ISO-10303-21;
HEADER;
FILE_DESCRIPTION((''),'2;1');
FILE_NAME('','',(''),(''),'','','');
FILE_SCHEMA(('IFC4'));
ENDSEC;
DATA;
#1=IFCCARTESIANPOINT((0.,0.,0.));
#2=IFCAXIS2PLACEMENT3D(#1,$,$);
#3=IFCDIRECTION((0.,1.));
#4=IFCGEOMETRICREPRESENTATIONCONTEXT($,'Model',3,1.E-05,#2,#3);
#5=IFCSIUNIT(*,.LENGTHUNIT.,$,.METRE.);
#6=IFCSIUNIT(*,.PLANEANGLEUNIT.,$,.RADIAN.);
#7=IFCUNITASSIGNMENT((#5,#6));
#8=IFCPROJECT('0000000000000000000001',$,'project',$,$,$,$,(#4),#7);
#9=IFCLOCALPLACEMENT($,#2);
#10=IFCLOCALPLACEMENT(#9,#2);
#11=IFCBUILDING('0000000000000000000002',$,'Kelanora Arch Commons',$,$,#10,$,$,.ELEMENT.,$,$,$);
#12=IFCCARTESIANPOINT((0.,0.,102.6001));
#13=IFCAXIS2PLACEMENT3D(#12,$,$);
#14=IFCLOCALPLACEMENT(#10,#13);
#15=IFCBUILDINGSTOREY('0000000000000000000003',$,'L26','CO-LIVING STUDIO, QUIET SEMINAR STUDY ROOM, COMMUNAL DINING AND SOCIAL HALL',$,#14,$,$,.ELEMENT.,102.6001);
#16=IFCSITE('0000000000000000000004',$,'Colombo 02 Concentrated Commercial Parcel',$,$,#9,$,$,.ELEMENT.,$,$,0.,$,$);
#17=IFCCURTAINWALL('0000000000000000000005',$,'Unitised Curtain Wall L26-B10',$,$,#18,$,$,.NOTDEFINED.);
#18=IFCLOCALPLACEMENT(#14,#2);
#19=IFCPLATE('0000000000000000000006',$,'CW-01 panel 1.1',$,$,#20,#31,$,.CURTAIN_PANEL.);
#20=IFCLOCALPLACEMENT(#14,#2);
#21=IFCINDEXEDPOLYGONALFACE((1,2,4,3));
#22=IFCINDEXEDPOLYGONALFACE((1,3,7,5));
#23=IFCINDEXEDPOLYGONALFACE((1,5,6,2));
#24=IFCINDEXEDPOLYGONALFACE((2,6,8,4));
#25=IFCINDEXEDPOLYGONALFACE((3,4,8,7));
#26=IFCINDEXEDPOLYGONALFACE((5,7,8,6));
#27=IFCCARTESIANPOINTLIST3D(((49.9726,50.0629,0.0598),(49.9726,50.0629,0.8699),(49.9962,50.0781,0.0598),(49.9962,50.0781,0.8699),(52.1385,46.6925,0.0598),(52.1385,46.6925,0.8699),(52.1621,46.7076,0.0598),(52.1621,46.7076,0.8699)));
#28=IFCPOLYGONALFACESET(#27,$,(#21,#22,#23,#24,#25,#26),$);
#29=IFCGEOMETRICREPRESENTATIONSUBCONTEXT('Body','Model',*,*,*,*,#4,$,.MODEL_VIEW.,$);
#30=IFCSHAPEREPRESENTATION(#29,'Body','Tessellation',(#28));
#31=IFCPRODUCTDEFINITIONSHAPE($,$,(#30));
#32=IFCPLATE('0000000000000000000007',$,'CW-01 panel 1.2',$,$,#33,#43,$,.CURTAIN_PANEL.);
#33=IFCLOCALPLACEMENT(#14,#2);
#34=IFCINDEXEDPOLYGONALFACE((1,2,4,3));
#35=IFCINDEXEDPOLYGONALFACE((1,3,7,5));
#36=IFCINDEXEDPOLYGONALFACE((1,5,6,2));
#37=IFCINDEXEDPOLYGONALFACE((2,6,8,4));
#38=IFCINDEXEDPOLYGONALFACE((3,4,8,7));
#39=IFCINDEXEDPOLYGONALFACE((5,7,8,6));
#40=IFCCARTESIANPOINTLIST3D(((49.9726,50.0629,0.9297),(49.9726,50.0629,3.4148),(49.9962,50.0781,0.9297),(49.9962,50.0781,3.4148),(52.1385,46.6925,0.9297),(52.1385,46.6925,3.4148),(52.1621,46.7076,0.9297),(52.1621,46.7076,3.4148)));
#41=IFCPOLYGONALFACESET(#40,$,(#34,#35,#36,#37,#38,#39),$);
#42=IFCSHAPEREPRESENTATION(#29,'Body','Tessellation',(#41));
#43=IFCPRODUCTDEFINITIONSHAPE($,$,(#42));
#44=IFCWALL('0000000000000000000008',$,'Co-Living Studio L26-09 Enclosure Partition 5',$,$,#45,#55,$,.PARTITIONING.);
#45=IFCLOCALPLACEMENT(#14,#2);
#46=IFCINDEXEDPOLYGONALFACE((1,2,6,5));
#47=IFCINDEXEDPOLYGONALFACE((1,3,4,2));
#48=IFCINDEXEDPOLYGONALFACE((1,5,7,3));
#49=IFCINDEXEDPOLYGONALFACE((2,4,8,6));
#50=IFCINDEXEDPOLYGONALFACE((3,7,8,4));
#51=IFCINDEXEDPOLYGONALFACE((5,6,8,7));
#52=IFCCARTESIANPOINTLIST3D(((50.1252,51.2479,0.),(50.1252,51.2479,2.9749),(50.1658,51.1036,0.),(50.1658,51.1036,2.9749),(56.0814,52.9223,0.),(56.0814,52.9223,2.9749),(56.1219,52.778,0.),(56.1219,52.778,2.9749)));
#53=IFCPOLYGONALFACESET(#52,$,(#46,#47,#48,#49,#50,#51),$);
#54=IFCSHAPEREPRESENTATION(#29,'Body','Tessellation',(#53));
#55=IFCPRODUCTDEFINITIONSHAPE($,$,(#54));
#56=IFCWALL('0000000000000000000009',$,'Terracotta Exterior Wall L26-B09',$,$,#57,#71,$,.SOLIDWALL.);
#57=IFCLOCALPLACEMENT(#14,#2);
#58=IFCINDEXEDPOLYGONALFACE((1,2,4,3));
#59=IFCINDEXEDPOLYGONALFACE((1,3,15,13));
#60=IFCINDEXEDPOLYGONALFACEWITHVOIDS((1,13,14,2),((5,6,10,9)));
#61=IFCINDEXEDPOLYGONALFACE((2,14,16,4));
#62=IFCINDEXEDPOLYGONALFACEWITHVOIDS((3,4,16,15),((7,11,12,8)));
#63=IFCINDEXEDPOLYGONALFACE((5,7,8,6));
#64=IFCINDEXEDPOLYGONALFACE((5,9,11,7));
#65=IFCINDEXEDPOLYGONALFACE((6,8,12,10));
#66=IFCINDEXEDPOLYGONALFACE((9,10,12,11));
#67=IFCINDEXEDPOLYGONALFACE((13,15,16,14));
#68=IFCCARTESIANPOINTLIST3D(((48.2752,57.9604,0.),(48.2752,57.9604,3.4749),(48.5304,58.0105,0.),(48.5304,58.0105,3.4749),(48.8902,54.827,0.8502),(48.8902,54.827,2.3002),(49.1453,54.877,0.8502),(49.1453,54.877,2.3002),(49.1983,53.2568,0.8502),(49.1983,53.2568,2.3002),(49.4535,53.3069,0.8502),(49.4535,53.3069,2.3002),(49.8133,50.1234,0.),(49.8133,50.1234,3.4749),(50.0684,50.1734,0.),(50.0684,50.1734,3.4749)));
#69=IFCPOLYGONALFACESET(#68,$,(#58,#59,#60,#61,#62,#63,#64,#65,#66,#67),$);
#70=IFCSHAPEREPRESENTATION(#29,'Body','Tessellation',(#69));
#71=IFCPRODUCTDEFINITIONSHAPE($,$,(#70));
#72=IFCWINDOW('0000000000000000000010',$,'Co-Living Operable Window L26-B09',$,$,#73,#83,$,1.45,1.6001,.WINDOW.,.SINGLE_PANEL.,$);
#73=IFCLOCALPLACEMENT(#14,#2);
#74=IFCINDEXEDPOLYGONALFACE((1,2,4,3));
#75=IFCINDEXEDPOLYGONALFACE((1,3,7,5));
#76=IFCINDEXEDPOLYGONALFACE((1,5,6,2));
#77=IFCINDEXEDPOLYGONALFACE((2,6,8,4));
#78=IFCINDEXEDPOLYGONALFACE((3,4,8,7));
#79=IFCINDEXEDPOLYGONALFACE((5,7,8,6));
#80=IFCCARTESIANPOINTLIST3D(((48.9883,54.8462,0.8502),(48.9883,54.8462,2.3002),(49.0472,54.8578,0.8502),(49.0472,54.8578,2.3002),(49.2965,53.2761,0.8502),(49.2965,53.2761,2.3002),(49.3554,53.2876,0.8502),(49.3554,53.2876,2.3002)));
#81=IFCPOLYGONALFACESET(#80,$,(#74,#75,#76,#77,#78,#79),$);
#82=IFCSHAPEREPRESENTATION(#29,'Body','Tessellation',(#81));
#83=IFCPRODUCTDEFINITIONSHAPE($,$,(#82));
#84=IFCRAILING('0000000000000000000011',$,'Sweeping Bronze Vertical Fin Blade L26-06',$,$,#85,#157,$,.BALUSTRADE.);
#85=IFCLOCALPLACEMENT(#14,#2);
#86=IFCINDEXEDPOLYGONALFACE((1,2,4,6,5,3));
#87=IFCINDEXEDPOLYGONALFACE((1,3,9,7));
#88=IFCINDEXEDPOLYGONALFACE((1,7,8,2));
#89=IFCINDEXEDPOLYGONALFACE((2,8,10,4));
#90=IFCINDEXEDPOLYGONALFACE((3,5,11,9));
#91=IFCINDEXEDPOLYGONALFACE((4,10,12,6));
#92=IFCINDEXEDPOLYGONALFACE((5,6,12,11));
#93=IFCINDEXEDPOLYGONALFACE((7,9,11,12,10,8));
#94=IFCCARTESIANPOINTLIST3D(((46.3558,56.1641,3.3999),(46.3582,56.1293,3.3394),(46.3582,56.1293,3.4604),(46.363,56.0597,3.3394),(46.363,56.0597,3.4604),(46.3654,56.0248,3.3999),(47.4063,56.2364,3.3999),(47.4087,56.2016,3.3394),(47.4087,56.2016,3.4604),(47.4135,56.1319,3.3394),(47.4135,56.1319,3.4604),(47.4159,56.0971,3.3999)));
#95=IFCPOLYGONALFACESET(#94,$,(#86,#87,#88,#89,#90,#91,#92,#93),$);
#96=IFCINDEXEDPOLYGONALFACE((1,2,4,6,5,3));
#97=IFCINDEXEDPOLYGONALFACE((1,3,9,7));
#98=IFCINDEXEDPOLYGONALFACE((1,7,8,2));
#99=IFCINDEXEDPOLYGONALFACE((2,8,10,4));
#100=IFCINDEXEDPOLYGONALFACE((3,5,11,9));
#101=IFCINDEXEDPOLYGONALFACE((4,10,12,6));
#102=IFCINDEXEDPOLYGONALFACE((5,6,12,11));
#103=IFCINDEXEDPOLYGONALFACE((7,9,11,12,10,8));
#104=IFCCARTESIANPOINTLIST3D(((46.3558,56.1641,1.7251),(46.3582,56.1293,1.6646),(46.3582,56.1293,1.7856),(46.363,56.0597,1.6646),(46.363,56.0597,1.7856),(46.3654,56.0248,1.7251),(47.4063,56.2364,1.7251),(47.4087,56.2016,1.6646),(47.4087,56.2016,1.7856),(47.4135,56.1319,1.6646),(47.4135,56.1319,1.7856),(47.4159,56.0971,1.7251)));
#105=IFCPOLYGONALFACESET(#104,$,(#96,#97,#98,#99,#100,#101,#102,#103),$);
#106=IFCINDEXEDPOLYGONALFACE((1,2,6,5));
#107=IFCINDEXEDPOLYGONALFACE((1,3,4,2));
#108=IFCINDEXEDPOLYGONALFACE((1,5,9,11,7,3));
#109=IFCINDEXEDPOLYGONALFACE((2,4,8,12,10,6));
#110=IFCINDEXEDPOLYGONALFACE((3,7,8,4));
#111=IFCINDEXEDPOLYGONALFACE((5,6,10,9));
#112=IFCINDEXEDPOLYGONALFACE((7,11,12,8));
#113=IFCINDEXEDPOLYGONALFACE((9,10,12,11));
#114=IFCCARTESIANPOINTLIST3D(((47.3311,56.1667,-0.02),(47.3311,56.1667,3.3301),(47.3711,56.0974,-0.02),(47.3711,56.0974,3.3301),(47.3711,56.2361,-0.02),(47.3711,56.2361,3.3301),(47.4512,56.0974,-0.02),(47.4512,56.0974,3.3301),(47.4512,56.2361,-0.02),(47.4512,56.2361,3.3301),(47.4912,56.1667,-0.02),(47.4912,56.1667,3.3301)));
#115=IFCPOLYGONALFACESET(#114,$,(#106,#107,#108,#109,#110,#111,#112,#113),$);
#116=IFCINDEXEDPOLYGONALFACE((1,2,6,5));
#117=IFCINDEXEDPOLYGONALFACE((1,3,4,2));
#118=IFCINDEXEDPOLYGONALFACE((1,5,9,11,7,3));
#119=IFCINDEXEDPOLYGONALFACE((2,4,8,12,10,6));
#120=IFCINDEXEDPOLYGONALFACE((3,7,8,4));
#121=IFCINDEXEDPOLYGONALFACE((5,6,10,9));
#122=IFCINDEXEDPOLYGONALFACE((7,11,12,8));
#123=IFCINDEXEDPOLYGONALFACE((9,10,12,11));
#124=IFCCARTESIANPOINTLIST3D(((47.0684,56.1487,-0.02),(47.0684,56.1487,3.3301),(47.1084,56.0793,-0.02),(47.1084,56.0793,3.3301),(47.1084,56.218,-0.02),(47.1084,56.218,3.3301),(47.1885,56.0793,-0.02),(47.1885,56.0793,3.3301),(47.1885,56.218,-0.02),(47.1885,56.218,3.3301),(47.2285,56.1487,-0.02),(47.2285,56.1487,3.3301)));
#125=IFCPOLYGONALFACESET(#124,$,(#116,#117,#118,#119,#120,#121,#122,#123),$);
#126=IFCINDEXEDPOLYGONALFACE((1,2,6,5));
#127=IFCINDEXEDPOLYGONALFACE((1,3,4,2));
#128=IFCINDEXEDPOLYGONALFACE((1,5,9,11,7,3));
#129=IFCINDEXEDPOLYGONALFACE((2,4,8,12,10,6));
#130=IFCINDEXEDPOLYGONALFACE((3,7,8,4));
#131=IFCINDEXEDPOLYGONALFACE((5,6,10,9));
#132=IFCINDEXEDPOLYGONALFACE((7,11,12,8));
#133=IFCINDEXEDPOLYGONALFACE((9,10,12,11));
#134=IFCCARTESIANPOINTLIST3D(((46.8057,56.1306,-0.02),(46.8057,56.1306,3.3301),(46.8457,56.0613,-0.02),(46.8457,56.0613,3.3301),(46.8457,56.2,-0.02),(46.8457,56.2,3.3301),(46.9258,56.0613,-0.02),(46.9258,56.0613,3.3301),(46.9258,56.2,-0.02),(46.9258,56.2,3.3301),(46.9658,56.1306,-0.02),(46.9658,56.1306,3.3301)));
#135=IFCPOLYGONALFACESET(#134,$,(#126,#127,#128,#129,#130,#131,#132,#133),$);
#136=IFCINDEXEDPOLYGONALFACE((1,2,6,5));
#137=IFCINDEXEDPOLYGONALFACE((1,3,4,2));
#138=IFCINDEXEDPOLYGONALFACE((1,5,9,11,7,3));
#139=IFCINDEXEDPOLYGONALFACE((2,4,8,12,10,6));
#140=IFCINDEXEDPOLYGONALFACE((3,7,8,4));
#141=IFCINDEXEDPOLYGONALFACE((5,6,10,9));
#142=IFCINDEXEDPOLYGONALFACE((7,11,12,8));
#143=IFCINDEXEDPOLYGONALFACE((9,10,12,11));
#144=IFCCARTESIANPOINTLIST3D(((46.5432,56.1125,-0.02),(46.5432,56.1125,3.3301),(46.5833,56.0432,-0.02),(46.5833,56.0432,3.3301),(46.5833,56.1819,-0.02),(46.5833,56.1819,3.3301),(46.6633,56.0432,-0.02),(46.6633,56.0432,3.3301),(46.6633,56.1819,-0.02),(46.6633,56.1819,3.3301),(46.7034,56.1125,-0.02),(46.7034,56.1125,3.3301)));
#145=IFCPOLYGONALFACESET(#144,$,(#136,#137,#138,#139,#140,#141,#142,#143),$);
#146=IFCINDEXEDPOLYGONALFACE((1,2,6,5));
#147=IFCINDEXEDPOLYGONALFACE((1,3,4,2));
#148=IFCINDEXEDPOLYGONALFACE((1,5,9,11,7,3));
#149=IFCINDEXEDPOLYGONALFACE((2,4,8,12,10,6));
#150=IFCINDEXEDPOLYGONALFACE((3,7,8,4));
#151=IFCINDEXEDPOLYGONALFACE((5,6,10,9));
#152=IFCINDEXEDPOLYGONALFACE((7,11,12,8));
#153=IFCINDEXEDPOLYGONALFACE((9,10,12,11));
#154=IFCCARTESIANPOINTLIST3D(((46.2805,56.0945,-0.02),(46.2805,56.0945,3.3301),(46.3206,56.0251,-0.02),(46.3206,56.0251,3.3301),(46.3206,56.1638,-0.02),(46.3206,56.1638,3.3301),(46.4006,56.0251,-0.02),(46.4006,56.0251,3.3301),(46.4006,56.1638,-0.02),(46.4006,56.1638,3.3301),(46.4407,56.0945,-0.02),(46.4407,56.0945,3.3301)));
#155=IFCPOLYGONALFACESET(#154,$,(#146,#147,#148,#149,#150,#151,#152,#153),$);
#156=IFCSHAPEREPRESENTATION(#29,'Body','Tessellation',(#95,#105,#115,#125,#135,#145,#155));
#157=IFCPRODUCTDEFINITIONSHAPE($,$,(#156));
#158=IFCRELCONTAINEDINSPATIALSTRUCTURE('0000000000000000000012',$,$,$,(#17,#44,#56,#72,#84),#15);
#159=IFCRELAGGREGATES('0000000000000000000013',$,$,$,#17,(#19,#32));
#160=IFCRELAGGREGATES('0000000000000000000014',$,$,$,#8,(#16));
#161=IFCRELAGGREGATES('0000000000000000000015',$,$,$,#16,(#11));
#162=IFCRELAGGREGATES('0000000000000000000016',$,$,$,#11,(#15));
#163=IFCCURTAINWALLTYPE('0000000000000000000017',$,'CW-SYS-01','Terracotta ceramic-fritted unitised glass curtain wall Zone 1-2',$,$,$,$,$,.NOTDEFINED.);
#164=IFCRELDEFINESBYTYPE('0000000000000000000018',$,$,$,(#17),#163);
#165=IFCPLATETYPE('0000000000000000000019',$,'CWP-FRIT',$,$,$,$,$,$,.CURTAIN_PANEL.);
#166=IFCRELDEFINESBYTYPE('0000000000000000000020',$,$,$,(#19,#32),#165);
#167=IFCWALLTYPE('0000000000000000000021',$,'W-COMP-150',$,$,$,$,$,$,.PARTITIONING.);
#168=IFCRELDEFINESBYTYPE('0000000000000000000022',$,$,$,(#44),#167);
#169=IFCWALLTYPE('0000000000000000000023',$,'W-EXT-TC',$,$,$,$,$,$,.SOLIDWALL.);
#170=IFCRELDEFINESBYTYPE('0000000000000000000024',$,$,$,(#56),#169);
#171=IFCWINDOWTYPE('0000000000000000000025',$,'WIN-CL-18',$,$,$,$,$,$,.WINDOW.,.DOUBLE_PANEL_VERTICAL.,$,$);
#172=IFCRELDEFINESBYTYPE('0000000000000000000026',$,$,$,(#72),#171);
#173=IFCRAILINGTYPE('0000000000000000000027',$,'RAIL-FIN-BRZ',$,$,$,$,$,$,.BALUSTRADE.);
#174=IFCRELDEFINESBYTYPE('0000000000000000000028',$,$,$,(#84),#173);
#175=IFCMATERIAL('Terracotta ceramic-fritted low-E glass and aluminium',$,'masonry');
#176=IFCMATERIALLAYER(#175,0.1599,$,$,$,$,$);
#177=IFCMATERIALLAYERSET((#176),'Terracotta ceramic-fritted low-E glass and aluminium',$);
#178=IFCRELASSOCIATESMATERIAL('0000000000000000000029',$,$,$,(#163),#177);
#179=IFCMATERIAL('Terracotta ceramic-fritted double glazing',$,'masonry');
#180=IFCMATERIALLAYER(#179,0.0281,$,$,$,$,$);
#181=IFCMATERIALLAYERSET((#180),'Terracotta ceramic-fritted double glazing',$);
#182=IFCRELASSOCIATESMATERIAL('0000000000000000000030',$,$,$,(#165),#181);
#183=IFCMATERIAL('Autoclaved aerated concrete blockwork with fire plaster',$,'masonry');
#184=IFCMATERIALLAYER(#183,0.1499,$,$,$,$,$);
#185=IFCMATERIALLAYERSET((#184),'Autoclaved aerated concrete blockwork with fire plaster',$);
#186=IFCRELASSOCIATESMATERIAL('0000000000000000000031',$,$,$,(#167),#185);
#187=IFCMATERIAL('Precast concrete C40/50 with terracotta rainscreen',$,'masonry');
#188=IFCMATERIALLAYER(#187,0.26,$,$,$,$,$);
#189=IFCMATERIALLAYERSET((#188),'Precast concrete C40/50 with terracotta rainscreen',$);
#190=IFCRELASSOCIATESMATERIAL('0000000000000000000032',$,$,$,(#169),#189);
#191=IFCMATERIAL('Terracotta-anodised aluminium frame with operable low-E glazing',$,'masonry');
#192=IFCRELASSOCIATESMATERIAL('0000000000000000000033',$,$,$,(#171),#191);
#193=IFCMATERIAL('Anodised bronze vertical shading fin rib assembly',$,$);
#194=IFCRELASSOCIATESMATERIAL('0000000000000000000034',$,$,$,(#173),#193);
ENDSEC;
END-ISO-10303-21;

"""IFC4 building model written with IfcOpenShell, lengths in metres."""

from ifc_helpers import new_model, si_unit, direction, frame, frame_2d, origin, origin_2d, place, context, subcontext, project, spatial, polyline, rectangle, outline, extrude, source, transform, mapped, material, layer, layer_set, type_object, element, fill, aggregate, save


model = new_model("IFC4")

# Units and contexts
model_context = context("Model", 3, precision=1e-05, world=origin(), true_north=direction((0.0, 1.0)))
body_context = subcontext(model_context, "Body", "Model", "MODEL_VIEW")
ifc_project = project(units=[si_unit("LENGTHUNIT", "METRE"), si_unit("PLANEANGLEUNIT", "RADIAN")], contexts=[model_context])

# Site, building, storey
site_placement = place(None, origin())
site = spatial("IfcSite", under=ifc_project, at=site_placement, Name="Colombo 02 Concentrated Commercial Parcel", CompositionType="ELEMENT", RefElevation=0.0)
building_placement = place(site_placement, origin())
building = spatial("IfcBuilding", under=site, at=building_placement, Name="Kelanora Arch Commons", CompositionType="ELEMENT")
storey_placement = place(building_placement, frame((0.0, 0.0, 102.6001)))
storey = spatial("IfcBuildingStorey", under=building, at=storey_placement, Name="L26", Description="CO-LIVING STUDIO, QUIET SEMINAR STUDY ROOM, COMMUNAL DINING AND SOCIAL HALL", CompositionType="ELEMENT", Elevation=102.6001)

# Shared definitions
ifc_material_1 = material(Name="Terracotta ceramic-fritted low-E glass and aluminium", Category="masonry")
ifc_layer_1 = layer(ifc_material_1, 0.1599)
ifc_layer_set_1 = layer_set([ifc_layer_1], Name="Terracotta ceramic-fritted low-E glass and aluminium")
curtain_wall_type = type_object("IfcCurtainWallType", Name="CW-SYS-01", Description="Terracotta ceramic-fritted unitised glass curtain wall Zone 1-2", PredefinedType="NOTDEFINED", material=ifc_layer_set_1)

# Curtain wall
curtain_wall_1_placement = place(storey_placement, origin())
curtain_wall_1 = element("IfcCurtainWall", 1, at=curtain_wall_1_placement, inside=storey, type_object=curtain_wall_type, Name="Unitised Curtain Wall L26-B10", PredefinedType="NOTDEFINED")

# Plates
ifc_material_2 = material(Name="Terracotta ceramic-fritted double glazing", Category="masonry")
ifc_layer_2 = layer(ifc_material_2, 0.0281)
ifc_layer_set_2 = layer_set([ifc_layer_2], Name="Terracotta ceramic-fritted double glazing")
plate_type = type_object("IfcPlateType", Name="CWP-FRIT", PredefinedType="CURTAIN_PANEL", material=ifc_layer_set_2)
shared_shape_1 = source(origin(), body_context, "Body", "SweptSolid", [
    extrude(rectangle(XDim=4.0063, YDim=0.0281, at=origin_2d()), origin(), (0.0, 0.0, 1.0), 0.8101),
])
plate_1_placement = place(storey_placement, frame((51.0674, 48.3853, 0.0598), z_axis=(0.0, 0.0, 1.0), x_axis=(0.540617, -0.841269, 0.0)))
plate_1 = element("IfcPlate", 2, at=plate_1_placement, type_object=plate_type, Name="CW-01 panel 1.1", PredefinedType="CURTAIN_PANEL", context=body_context, shape_type="MappedRepresentation", body=[
    mapped(shared_shape_1, transform((0.0, 0.0, 0.0), scale=1.0)),
])
shared_shape_2 = source(origin(), body_context, "Body", "SweptSolid", [
    extrude(rectangle(XDim=4.0063, YDim=0.0281, at=origin_2d()), origin(), (0.0, 0.0, 1.0), 2.4851),
])
plate_2_placement = place(storey_placement, frame((51.0674, 48.3853, 0.9297), z_axis=(0.0, 0.0, 1.0), x_axis=(0.540617, -0.841269, 0.0)))
plate_2 = element("IfcPlate", 3, at=plate_2_placement, type_object=plate_type, Name="CW-01 panel 1.2", PredefinedType="CURTAIN_PANEL", context=body_context, shape_type="MappedRepresentation", body=[
    mapped(shared_shape_2, transform((0.0, 0.0, 0.0), scale=1.0)),
])
aggregate(curtain_wall_1, [plate_1, plate_2])

# Wall
ifc_material_3 = material(Name="Autoclaved aerated concrete blockwork with fire plaster", Category="masonry")
ifc_layer_3 = layer(ifc_material_3, 0.1499)
ifc_layer_set_3 = layer_set([ifc_layer_3], Name="Autoclaved aerated concrete blockwork with fire plaster")
wall_type_1 = type_object("IfcWallType", Name="W-COMP-150", PredefinedType="PARTITIONING", material=ifc_layer_set_3)
wall_1_placement = place(storey_placement, frame((50.1455, 51.1758, 0.0), z_axis=(0.0, 0.0, 1.0), x_axis=(0.962686, 0.270622, 0.0)))
element("IfcWall", 4, at=wall_1_placement, inside=storey, type_object=wall_type_1, Name="Co-Living Studio L26-09 Enclosure Partition 5", PredefinedType="PARTITIONING", context=body_context, shape_type="SweptSolid", body=[
    extrude(rectangle(XDim=6.187, YDim=0.1499, at=frame_2d((3.0935, 0.0))), origin(), (0.0, 0.0, 1.0), 2.9749),
])

# Wall, opening, window
ifc_material_4 = material(Name="Precast concrete C40/50 with terracotta rainscreen", Category="masonry")
ifc_layer_4 = layer(ifc_material_4, 0.26)
ifc_layer_set_4 = layer_set([ifc_layer_4], Name="Precast concrete C40/50 with terracotta rainscreen")
wall_type_2 = type_object("IfcWallType", Name="W-EXT-TC", PredefinedType="SOLIDWALL", material=ifc_layer_set_4)
wall_2_placement = place(storey_placement, frame((48.4028, 57.9854, 0.0), z_axis=(0.0, 0.0, 1.0), x_axis=(0.192582, -0.981281, 0.0)))
wall_2 = element("IfcWall", 5, at=wall_2_placement, inside=storey, type_object=wall_type_2, Name="Terracotta Exterior Wall L26-B09", PredefinedType="SOLIDWALL", context=body_context, shape_type="SweptSolid", body=[
    extrude(rectangle(XDim=7.9866, YDim=0.26, at=frame_2d((3.9932, 0.0))), origin(), (0.0, 0.0, 1.0), 3.4749),
])
opening_placement = place(wall_2_placement, frame((3.1931, 0.0, 0.8501)))
opening = element("IfcOpeningElement", 6, at=opening_placement, cuts=wall_2, PredefinedType="OPENING", context=body_context, shape_type="SweptSolid", body=[
    extrude(rectangle(XDim=1.6001, YDim=1.45, at=frame_2d((0.8, 0.7251))), frame((0.0, 0.1401, 0.0), z_axis=(0.0, -1.0, 0.0), x_axis=(1.0, 0.0, 0.0)), (0.0, 0.0, 1.0), 0.28),
])
ifc_material_5 = material(Name="Terracotta-anodised aluminium frame with operable low-E glazing", Category="masonry")
window_type = type_object("IfcWindowType", Name="WIN-CL-18", PartitioningType="DOUBLE_PANEL_VERTICAL", PredefinedType="WINDOW", material=ifc_material_5)
window_placement = place(opening_placement, origin())
window = element("IfcWindow", 7, at=window_placement, inside=storey, type_object=window_type, Name="Co-Living Operable Window L26-B09", OverallHeight=1.45, OverallWidth=1.6001, PartitioningType="SINGLE_PANEL", PredefinedType="WINDOW", context=body_context, shape_type="SweptSolid", body=[
    extrude(rectangle(XDim=1.6001, YDim=1.45, at=frame_2d((0.8, 0.7251))), frame((0.0, 0.03, 0.0), z_axis=(0.0, -1.0, 0.0), x_axis=(1.0, 0.0, 0.0)), (0.0, 0.0, 1.0), 0.0601),
])
fill(opening, window)

# Railing
ifc_material_6 = material(Name="Anodised bronze vertical shading fin rib assembly")
railing_type = type_object("IfcRailingType", Name="RAIL-FIN-BRZ", PredefinedType="BALUSTRADE", material=ifc_material_6)
railing_1_placement = place(storey_placement, frame((47.4111, 56.1667, -0.02)))
element("IfcRailing", 8, at=railing_1_placement, inside=storey, type_object=railing_type, Name="Sweeping Bronze Vertical Fin Blade L26-06", PredefinedType="BALUSTRADE", context=body_context, shape_type="SweptSolid", body=[
    extrude(outline(polyline([(0.0698, 0.0), (0.0349, 0.0605), (-0.0349, 0.0605), (-0.0698, 0.0), (-0.0349, -0.0605), (0.0349, -0.0605), (0.0698, 0.0)])), frame((0.0, 0.0, 3.4199), z_axis=(-0.997642, -0.068627, 0.0), x_axis=(0.068627, -0.997642, 0.0)), (0.0, 0.0, 1.0), 1.053),
    extrude(outline(polyline([(0.0698, 0.0), (0.0349, 0.0605), (-0.0349, 0.0605), (-0.0698, 0.0), (-0.0349, -0.0605), (0.0349, -0.0605), (0.0698, 0.0)])), frame((0.0, 0.0, 1.7451), z_axis=(-0.997642, -0.068627, 0.0), x_axis=(0.068627, -0.997642, 0.0)), (0.0, 0.0, 1.0), 1.053),
    extrude(outline(polyline([(0.0801, 0.0), (0.04, 0.0693), (-0.04, 0.0693), (-0.0801, 0.0), (-0.04, -0.0693), (0.04, -0.0693), (0.0801, 0.0)])), origin(), (0.0, 0.0, 1.0), 3.3501),
    extrude(outline(polyline([(0.0801, 0.0), (0.04, 0.0693), (-0.04, 0.0693), (-0.0801, 0.0), (-0.04, -0.0693), (0.04, -0.0693), (0.0801, 0.0)])), frame((-0.2627, -0.0181, 0.0)), (0.0, 0.0, 1.0), 3.3501),
    extrude(outline(polyline([(0.0801, 0.0), (0.04, 0.0693), (-0.04, 0.0693), (-0.0801, 0.0), (-0.04, -0.0693), (0.04, -0.0693), (0.0801, 0.0)])), frame((-0.5254, -0.0361, 0.0)), (0.0, 0.0, 1.0), 3.3501),
    extrude(outline(polyline([(0.0801, 0.0), (0.04, 0.0693), (-0.04, 0.0693), (-0.0801, 0.0), (-0.04, -0.0693), (0.04, -0.0693), (0.0801, 0.0)])), frame((-0.7878, -0.0542, 0.0)), (0.0, 0.0, 1.0), 3.3501),
    extrude(outline(polyline([(0.0801, 0.0), (0.04, 0.0693), (-0.04, 0.0693), (-0.0801, 0.0), (-0.04, -0.0693), (0.04, -0.0693), (0.0801, 0.0)])), frame((-1.0505, -0.0723, 0.0)), (0.0, 0.0, 1.0), 3.3501),
])

save(model, "model.ifc")
